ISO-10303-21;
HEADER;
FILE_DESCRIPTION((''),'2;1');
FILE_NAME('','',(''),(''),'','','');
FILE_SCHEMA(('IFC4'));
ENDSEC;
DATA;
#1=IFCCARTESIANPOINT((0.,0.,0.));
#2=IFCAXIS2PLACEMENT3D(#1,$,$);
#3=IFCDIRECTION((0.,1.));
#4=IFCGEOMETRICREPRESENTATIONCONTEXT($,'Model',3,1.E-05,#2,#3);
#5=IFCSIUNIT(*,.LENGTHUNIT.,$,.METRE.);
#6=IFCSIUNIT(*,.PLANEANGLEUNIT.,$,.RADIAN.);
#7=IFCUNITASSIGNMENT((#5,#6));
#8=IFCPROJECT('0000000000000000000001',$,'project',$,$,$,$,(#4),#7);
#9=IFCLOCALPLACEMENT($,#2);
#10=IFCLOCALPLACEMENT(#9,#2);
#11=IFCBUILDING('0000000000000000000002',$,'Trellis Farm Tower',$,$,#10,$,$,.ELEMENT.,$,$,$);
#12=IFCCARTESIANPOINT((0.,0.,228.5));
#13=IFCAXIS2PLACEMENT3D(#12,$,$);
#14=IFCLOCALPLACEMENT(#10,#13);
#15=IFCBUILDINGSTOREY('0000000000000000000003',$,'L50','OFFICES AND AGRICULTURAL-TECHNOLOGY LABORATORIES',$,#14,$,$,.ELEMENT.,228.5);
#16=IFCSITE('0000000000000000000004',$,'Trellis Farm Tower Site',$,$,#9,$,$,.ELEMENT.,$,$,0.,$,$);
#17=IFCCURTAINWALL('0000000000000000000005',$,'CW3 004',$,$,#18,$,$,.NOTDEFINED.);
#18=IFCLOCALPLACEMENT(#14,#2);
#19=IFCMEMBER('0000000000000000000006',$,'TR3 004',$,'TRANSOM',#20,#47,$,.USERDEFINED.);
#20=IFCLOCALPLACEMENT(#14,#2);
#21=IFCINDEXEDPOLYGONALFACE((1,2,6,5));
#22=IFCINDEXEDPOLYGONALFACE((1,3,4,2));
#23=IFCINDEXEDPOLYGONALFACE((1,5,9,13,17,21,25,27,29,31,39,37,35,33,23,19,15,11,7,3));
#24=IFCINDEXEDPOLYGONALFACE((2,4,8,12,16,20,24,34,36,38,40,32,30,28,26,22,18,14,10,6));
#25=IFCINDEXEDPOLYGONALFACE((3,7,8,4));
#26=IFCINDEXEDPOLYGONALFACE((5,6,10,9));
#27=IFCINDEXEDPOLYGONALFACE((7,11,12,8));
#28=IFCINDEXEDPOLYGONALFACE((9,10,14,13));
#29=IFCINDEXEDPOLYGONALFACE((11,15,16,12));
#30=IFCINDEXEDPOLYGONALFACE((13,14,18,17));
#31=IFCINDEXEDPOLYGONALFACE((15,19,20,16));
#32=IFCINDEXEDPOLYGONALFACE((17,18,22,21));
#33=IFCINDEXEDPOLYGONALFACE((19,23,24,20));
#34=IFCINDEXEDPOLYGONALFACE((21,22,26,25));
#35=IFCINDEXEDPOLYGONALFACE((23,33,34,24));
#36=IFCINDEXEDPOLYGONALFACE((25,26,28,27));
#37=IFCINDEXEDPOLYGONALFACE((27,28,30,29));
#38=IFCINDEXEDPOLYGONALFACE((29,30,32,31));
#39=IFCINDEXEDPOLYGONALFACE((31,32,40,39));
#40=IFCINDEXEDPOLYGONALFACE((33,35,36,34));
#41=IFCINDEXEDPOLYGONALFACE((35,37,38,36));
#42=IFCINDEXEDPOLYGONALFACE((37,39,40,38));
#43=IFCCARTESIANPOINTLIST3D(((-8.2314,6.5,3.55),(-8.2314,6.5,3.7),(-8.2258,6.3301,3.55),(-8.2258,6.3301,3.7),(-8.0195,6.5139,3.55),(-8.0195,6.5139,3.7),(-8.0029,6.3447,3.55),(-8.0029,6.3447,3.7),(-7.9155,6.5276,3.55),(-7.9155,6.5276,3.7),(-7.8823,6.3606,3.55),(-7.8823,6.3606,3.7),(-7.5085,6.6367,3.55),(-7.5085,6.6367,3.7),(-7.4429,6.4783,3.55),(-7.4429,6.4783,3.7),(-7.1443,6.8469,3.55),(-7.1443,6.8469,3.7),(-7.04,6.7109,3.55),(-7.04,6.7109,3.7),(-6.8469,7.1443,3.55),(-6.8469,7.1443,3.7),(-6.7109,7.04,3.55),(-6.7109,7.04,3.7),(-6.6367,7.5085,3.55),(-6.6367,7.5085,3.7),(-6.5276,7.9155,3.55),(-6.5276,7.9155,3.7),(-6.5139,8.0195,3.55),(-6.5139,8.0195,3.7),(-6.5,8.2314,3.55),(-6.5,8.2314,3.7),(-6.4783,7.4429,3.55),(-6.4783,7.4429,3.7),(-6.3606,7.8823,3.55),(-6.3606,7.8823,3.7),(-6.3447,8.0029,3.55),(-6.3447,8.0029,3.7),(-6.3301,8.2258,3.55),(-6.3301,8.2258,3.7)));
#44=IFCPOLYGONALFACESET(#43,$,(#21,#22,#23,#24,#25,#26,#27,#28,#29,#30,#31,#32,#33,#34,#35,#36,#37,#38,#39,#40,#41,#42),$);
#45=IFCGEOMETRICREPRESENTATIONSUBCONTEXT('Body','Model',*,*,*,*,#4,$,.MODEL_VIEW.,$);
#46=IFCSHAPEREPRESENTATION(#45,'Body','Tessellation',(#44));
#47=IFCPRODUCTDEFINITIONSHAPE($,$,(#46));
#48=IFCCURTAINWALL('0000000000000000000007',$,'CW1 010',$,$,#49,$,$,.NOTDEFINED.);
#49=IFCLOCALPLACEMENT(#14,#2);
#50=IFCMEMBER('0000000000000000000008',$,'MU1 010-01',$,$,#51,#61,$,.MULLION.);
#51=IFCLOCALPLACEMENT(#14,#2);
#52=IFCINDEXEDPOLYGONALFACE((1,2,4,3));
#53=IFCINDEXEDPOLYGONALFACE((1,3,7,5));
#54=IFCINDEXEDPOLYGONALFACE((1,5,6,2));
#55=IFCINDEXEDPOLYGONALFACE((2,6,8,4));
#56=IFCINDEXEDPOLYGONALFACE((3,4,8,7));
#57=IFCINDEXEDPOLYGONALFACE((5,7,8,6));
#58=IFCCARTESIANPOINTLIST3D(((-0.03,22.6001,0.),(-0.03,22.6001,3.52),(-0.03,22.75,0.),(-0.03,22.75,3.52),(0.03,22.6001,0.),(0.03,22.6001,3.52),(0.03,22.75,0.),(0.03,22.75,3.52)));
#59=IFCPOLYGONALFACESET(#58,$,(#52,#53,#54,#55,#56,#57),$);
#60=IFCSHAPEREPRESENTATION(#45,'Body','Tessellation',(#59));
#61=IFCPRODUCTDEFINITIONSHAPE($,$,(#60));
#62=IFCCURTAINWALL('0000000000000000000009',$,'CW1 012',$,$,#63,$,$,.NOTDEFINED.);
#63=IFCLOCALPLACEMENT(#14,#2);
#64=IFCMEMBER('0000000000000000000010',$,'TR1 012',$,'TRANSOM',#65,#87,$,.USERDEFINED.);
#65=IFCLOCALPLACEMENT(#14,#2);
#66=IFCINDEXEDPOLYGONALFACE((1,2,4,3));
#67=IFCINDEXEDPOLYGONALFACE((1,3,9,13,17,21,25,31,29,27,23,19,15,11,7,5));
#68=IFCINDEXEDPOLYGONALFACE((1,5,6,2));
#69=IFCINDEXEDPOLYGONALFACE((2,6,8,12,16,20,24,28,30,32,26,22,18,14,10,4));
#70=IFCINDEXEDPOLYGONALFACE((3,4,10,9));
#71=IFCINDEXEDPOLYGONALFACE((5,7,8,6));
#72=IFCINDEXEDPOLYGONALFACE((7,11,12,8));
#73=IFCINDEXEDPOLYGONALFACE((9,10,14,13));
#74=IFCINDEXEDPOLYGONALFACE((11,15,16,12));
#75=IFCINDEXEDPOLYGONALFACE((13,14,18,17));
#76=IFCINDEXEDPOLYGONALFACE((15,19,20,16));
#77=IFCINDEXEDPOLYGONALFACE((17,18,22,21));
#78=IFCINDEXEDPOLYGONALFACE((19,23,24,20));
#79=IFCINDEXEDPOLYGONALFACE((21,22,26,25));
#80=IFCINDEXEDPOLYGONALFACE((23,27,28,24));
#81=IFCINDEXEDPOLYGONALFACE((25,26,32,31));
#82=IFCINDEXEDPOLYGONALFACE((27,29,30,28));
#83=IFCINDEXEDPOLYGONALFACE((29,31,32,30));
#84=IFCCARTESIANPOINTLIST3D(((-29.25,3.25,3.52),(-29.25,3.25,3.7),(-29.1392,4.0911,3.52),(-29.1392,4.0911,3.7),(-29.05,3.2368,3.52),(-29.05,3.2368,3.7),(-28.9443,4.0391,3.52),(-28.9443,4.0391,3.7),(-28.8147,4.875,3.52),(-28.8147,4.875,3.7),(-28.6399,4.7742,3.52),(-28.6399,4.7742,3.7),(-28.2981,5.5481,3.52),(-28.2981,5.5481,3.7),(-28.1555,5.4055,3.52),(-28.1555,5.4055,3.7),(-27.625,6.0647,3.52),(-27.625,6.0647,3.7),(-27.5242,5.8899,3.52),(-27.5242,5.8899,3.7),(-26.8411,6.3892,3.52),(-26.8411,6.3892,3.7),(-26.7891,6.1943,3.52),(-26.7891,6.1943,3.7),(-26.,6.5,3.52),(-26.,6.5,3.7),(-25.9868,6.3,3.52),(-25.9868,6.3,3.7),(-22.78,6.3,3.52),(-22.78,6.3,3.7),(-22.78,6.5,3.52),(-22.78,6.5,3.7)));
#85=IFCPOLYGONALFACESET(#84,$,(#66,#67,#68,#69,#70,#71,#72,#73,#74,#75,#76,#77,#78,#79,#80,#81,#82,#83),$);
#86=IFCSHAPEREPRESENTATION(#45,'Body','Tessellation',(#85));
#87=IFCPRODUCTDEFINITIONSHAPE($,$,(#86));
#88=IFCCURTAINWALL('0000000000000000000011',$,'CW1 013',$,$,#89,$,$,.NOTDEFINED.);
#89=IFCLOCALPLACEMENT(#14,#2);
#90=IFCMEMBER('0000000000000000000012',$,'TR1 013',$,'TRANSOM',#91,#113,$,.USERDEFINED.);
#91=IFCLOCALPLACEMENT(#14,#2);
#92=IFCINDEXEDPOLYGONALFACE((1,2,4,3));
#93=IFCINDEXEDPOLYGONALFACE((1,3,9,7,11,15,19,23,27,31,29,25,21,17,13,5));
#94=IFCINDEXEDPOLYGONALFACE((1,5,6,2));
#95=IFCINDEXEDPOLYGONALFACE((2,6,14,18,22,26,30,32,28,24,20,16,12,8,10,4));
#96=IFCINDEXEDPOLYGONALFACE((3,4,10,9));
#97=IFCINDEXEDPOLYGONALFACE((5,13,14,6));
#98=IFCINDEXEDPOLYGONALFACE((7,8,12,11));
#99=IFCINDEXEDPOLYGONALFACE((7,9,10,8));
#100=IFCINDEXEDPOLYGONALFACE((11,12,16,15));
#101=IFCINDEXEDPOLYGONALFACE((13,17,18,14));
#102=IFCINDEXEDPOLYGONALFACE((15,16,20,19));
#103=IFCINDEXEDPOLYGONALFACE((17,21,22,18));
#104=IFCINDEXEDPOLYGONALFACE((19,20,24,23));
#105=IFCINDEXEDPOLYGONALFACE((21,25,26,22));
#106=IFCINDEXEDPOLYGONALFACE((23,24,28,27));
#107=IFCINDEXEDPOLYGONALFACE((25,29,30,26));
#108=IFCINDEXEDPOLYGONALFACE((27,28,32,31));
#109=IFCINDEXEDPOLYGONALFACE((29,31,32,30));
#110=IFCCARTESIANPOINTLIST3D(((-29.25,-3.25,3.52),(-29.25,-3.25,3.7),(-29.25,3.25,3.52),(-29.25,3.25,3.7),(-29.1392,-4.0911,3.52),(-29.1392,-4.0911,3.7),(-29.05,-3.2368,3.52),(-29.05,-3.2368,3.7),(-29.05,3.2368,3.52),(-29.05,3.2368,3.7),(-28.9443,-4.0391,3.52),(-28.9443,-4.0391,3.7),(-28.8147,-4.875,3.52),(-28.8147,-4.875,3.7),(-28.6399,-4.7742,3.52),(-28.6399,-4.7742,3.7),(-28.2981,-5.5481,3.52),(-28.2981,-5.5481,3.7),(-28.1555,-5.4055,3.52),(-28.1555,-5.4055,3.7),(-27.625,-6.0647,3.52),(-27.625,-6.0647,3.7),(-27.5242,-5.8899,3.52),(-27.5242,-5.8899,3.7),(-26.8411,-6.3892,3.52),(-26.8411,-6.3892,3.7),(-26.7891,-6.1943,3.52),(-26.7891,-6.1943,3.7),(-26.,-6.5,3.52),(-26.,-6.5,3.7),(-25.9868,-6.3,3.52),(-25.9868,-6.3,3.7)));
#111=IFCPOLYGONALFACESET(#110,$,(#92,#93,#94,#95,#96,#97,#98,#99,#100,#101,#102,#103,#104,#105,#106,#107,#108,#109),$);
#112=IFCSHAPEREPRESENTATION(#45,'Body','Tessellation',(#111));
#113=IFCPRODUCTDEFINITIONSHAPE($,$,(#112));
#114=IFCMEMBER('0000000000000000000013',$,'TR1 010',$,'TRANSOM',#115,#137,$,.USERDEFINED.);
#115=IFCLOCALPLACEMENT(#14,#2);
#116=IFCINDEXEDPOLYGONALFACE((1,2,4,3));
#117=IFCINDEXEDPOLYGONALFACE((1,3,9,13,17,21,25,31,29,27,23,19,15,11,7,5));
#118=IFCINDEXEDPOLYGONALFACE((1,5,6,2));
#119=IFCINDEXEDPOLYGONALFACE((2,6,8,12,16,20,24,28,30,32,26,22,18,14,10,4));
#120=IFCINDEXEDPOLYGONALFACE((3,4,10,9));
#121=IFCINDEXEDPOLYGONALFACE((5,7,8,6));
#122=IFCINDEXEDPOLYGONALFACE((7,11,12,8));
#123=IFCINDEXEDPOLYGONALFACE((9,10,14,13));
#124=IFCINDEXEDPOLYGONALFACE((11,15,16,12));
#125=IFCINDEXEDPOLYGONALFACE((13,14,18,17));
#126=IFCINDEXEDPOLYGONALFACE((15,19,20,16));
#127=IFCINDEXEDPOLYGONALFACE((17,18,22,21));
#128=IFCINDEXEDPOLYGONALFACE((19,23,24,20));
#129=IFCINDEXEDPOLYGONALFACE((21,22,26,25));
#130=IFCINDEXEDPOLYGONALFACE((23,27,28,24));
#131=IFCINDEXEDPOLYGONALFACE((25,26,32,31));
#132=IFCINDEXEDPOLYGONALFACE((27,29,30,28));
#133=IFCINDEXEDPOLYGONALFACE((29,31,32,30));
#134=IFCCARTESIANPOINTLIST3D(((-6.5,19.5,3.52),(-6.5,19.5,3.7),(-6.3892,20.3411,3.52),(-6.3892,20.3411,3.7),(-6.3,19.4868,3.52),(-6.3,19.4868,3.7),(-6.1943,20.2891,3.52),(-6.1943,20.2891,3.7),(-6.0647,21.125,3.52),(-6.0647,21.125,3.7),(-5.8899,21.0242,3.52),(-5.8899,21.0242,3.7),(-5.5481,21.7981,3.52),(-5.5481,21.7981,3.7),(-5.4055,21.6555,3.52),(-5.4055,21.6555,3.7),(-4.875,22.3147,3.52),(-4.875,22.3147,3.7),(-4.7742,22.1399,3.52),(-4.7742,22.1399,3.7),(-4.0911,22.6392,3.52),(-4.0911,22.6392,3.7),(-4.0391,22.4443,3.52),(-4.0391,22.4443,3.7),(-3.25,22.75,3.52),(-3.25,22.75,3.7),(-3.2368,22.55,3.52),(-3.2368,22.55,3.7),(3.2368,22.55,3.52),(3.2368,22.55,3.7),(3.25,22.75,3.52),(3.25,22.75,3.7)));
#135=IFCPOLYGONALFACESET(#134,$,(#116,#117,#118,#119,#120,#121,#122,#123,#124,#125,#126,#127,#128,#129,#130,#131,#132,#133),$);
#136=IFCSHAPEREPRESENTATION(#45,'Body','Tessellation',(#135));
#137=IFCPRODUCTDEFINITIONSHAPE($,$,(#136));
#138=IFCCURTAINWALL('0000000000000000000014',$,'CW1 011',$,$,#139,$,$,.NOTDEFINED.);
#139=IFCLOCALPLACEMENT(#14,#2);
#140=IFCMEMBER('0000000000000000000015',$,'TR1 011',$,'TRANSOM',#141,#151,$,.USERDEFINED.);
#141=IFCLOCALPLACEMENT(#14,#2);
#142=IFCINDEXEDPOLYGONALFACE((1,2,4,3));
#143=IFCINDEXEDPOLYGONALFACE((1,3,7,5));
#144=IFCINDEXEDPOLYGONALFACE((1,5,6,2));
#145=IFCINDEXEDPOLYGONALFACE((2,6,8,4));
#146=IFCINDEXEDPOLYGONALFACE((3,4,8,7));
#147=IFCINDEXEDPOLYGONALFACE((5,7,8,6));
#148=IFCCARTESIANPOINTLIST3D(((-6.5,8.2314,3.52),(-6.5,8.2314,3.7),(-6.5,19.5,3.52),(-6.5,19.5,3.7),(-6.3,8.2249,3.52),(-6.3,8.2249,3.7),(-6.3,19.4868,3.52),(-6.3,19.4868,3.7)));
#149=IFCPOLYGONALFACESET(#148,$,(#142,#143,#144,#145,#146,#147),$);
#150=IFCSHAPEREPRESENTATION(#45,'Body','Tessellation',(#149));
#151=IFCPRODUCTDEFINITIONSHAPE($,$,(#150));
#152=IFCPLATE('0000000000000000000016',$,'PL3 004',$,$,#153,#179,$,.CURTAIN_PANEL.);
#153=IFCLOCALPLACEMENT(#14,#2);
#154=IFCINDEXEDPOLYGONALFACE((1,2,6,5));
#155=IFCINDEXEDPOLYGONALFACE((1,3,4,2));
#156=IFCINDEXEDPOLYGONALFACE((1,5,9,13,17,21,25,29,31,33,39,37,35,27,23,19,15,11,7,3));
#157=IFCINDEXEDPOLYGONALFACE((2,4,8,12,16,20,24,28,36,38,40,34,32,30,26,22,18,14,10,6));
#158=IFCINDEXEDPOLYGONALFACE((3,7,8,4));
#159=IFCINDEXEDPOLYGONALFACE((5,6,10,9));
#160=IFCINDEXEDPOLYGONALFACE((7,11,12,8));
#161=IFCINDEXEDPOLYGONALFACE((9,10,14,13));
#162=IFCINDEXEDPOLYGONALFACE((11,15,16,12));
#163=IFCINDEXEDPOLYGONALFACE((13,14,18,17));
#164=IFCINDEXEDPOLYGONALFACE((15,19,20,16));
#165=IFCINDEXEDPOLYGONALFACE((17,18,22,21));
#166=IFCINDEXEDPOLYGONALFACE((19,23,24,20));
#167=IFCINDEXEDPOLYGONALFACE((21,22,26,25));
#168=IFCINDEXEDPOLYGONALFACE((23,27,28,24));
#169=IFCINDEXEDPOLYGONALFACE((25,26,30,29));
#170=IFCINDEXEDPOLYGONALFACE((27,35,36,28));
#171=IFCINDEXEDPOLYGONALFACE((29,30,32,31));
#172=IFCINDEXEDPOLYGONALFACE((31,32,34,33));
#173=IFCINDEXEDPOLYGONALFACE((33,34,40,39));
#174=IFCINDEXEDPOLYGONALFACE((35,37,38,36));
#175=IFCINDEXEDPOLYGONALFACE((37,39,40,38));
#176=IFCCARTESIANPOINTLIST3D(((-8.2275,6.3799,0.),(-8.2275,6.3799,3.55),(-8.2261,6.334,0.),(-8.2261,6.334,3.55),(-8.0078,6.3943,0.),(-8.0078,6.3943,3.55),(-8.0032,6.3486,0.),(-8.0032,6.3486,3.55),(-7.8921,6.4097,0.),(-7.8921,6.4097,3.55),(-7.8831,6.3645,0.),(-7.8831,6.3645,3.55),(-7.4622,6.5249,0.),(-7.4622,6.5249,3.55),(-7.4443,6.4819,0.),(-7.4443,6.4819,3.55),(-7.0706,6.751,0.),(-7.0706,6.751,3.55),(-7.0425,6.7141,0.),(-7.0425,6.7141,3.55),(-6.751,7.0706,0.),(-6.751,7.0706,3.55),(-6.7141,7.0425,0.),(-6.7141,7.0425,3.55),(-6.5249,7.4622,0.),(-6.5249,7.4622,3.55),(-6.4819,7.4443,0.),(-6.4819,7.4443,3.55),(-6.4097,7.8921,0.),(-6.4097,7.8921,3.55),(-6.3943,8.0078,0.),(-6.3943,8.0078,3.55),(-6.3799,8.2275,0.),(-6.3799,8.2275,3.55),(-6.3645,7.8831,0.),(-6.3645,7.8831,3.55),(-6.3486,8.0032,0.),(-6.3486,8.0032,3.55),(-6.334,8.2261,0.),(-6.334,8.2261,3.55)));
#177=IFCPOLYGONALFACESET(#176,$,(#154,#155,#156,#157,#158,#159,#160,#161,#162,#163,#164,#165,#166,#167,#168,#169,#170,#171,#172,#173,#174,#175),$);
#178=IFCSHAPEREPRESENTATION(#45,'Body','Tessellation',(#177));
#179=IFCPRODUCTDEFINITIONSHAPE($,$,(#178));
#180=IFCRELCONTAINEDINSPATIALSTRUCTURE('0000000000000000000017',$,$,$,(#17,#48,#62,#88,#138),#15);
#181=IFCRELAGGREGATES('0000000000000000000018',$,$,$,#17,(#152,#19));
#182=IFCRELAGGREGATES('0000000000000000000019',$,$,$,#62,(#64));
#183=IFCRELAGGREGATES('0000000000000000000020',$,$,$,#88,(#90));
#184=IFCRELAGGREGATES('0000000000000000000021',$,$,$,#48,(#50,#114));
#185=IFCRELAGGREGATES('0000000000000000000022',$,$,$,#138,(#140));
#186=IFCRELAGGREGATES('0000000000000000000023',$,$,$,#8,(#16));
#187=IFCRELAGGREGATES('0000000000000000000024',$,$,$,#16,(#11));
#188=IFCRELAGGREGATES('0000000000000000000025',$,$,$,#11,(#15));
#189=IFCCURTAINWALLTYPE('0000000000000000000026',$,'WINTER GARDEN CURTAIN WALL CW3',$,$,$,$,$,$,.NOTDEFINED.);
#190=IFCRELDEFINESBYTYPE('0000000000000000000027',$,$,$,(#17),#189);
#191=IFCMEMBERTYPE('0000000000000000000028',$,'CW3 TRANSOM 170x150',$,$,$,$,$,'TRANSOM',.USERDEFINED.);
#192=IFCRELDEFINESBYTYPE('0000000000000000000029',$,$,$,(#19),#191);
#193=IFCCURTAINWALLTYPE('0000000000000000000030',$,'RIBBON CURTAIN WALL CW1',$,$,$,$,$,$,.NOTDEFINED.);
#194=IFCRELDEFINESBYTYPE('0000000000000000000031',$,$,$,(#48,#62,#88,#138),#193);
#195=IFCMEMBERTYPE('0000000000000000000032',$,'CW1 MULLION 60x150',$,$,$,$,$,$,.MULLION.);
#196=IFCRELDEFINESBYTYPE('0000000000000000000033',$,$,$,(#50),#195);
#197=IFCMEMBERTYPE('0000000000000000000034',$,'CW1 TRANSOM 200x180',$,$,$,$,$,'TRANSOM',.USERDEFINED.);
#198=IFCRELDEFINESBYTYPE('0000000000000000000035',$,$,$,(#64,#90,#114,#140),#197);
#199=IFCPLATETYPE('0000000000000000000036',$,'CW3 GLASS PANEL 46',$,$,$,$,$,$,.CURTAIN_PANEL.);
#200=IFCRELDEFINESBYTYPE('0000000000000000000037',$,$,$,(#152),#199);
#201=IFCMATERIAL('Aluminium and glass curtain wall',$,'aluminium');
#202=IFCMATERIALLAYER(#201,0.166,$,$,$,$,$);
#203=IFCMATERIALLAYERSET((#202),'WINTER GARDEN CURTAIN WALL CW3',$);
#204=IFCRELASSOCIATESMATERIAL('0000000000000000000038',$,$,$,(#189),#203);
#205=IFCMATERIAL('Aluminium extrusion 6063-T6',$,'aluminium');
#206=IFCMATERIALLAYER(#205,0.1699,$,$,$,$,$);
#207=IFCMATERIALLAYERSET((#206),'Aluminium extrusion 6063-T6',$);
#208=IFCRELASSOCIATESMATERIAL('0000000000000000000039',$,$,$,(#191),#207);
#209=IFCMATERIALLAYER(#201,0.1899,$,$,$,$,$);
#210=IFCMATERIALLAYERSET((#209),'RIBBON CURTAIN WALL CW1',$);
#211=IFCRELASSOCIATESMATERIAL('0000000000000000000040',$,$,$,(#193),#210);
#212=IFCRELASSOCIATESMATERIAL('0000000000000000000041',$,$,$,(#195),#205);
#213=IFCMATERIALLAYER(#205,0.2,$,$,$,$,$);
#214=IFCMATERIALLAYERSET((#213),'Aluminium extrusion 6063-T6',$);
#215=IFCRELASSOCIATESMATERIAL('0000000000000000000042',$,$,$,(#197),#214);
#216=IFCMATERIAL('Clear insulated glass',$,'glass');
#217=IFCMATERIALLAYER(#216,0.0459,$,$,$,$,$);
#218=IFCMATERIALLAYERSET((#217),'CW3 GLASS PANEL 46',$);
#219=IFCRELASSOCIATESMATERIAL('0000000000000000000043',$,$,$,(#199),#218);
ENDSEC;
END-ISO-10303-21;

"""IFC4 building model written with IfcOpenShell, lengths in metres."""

from ifc_helpers import new_model, si_unit, direction, frame, origin, origin_2d, place, context, subcontext, project, spatial, polyline, rectangle, outline, extrude, source, transform, mapped, material, layer, layer_set, material_profile, profile_set, type_object, element, aggregate, save


model = new_model("IFC4")

# Units and contexts
model_context = context("Model", 3, precision=1e-05, world=origin(), true_north=direction((0.0, 1.0)))
body_context = subcontext(model_context, "Body", "Model", "MODEL_VIEW")
ifc_project = project(units=[si_unit("LENGTHUNIT", "METRE"), si_unit("PLANEANGLEUNIT", "RADIAN")], contexts=[model_context])

# Site, building, storey
site_placement = place(None, origin())
site = spatial("IfcSite", under=ifc_project, at=site_placement, Name="Trellis Farm Tower Site", CompositionType="ELEMENT", RefElevation=0.0)
building_placement = place(site_placement, origin())
building = spatial("IfcBuilding", under=site, at=building_placement, Name="Trellis Farm Tower", CompositionType="ELEMENT")
storey_placement = place(building_placement, frame((0.0, 0.0, 228.5)))
storey = spatial("IfcBuildingStorey", under=building, at=storey_placement, Name="L50", Description="OFFICES AND AGRICULTURAL-TECHNOLOGY LABORATORIES", CompositionType="ELEMENT", Elevation=228.5)

# Curtain walls, members
ifc_material_1 = material(Name="Aluminium and glass curtain wall", Category="aluminium")
ifc_layer_1 = layer(ifc_material_1, 0.166)
ifc_layer_set_1 = layer_set([ifc_layer_1], Name="WINTER GARDEN CURTAIN WALL CW3")
curtain_wall_type_1 = type_object("IfcCurtainWallType", Name="WINTER GARDEN CURTAIN WALL CW3", PredefinedType="NOTDEFINED", material=ifc_layer_set_1)
placement_1 = place(storey_placement, origin())
curtain_wall_1 = element("IfcCurtainWall", 1, at=placement_1, inside=storey, type_object=curtain_wall_type_1, Name="CW3 004", PredefinedType="NOTDEFINED")
ifc_material_2 = material(Name="Aluminium extrusion 6063-T6", Category="aluminium")
ifc_layer_2 = layer(ifc_material_2, 0.1699)
ifc_layer_set_2 = layer_set([ifc_layer_2], Name="Aluminium extrusion 6063-T6")
member_type_1 = type_object("IfcMemberType", Name="CW3 TRANSOM 170x150", ElementType="TRANSOM", PredefinedType="USERDEFINED", material=ifc_layer_set_2)
shared_shape_1 = source(origin(), body_context, "Body", "SweptSolid", [
    extrude(outline(polyline([(-6.5, 8.2314), (-6.5139, 8.0195), (-6.5276, 7.9155), (-6.6367, 7.5085), (-6.8469, 7.1443), (-7.1443, 6.8469), (-7.5085, 6.6367), (-7.9155, 6.5276), (-8.0195, 6.5139), (-8.2314, 6.5), (-8.2258, 6.3301), (-8.0029, 6.3447), (-7.8823, 6.3606), (-7.4429, 6.4783), (-7.04, 6.7109), (-6.7109, 7.04), (-6.4783, 7.4429), (-6.3606, 7.8823), (-6.3447, 8.0029), (-6.3301, 8.2258), (-6.5, 8.2314)])), origin(), (0.0, 0.0, 1.0), 0.1499),
])
member_1_placement = place(storey_placement, frame((0.0, 0.0, 3.55)))
member_1 = element("IfcMember", 2, at=member_1_placement, type_object=member_type_1, Name="TR3 004", ObjectType="TRANSOM", PredefinedType="USERDEFINED", context=body_context, shape_type="MappedRepresentation", body=[
    mapped(shared_shape_1, transform((0.0, 0.0, 0.0))),
])
ifc_layer_3 = layer(ifc_material_1, 0.1899)
ifc_layer_set_3 = layer_set([ifc_layer_3], Name="RIBBON CURTAIN WALL CW1")
curtain_wall_type_2 = type_object("IfcCurtainWallType", Name="RIBBON CURTAIN WALL CW1", PredefinedType="NOTDEFINED", material=ifc_layer_set_3)
curtain_wall_2 = element("IfcCurtainWall", 3, at=placement_1, inside=storey, type_object=curtain_wall_type_2, Name="CW1 010", PredefinedType="NOTDEFINED")
ifc_material_profile = material_profile(ifc_material_2, rectangle(XDim=0.0601, YDim=0.1499, at=origin_2d()), Name="MULLION 60x150")
ifc_profile_set = profile_set([ifc_material_profile], Name="Aluminium extrusion 6063-T6")
member_type_2 = type_object("IfcMemberType", Name="CW1 MULLION 60x150", PredefinedType="MULLION", material=ifc_profile_set)
shared_shape_2 = source(origin(), body_context, "Body", "SweptSolid", [
    extrude(rectangle(XDim=0.0601, YDim=0.1499, at=origin_2d()), origin(), (0.0, 0.0, 1.0), 3.52),
])
member_2_placement = place(storey_placement, frame((0.0, 22.675, 0.0), z_axis=(0.0, 0.0, 1.0), x_axis=(-1.0, 0.0, 0.0)))
member_2 = element("IfcMember", 4, at=member_2_placement, type_object=member_type_2, Name="MU1 010-01", PredefinedType="MULLION", context=body_context, shape_type="MappedRepresentation", body=[
    mapped(shared_shape_2, transform((0.0, 0.0, 0.0))),
])
curtain_wall_3 = element("IfcCurtainWall", 5, at=placement_1, inside=storey, type_object=curtain_wall_type_2, Name="CW1 012", PredefinedType="NOTDEFINED")
ifc_layer_4 = layer(ifc_material_2, 0.2)
ifc_layer_set_4 = layer_set([ifc_layer_4], Name="Aluminium extrusion 6063-T6")
member_type_3 = type_object("IfcMemberType", Name="CW1 TRANSOM 200x180", ElementType="TRANSOM", PredefinedType="USERDEFINED", material=ifc_layer_set_4)
shared_shape_3 = source(origin(), body_context, "Body", "SweptSolid", [
    extrude(outline(polyline([(-22.78, 6.5), (-26.0, 6.5), (-26.8411, 6.3892), (-27.625, 6.0647), (-28.2981, 5.5481), (-28.8147, 4.875), (-29.1392, 4.0911), (-29.25, 3.25), (-29.05, 3.2368), (-28.9443, 4.0391), (-28.6399, 4.7742), (-28.1555, 5.4055), (-27.5242, 5.8899), (-26.7891, 6.1943), (-25.9868, 6.3), (-22.78, 6.3), (-22.78, 6.5)])), origin(), (0.0, 0.0, 1.0), 0.1799),
])
placement_2 = place(storey_placement, frame((0.0, 0.0, 3.52)))
member_3 = element("IfcMember", 6, at=placement_2, type_object=member_type_3, Name="TR1 012", ObjectType="TRANSOM", PredefinedType="USERDEFINED", context=body_context, shape_type="MappedRepresentation", body=[
    mapped(shared_shape_3, transform((0.0, 0.0, 0.0))),
])
curtain_wall_4 = element("IfcCurtainWall", 7, at=placement_1, inside=storey, type_object=curtain_wall_type_2, Name="CW1 013", PredefinedType="NOTDEFINED")
shared_shape_4 = source(origin(), body_context, "Body", "SweptSolid", [
    extrude(outline(polyline([(-29.25, 3.25), (-29.25, -3.25), (-29.1392, -4.0911), (-28.8147, -4.875), (-28.2981, -5.5481), (-27.625, -6.0647), (-26.8411, -6.3892), (-26.0, -6.5), (-25.9868, -6.3), (-26.7891, -6.1943), (-27.5242, -5.8899), (-28.1555, -5.4055), (-28.6399, -4.7742), (-28.9443, -4.0391), (-29.05, -3.2368), (-29.05, 3.2368), (-29.25, 3.25)])), origin(), (0.0, 0.0, 1.0), 0.1799),
])
member_4 = element("IfcMember", 8, at=placement_2, type_object=member_type_3, Name="TR1 013", ObjectType="TRANSOM", PredefinedType="USERDEFINED", context=body_context, shape_type="MappedRepresentation", body=[
    mapped(shared_shape_4, transform((0.0, 0.0, 0.0))),
])

# Member
shared_shape_5 = source(origin(), body_context, "Body", "SweptSolid", [
    extrude(outline(polyline([(3.25, 22.75), (-3.25, 22.75), (-4.0911, 22.6392), (-4.875, 22.3147), (-5.5481, 21.7981), (-6.0647, 21.125), (-6.3892, 20.3411), (-6.5, 19.5), (-6.3, 19.4868), (-6.1943, 20.2891), (-5.8899, 21.0242), (-5.4055, 21.6555), (-4.7742, 22.1399), (-4.0391, 22.4443), (-3.2368, 22.55), (3.2368, 22.55), (3.25, 22.75)])), origin(), (0.0, 0.0, 1.0), 0.1799),
])
member_5 = element("IfcMember", 9, at=placement_2, type_object=member_type_3, Name="TR1 010", ObjectType="TRANSOM", PredefinedType="USERDEFINED", context=body_context, shape_type="MappedRepresentation", body=[
    mapped(shared_shape_5, transform((0.0, 0.0, 0.0))),
])

# Curtain wall, member
curtain_wall_5 = element("IfcCurtainWall", 10, at=placement_1, inside=storey, type_object=curtain_wall_type_2, Name="CW1 011", PredefinedType="NOTDEFINED")
shared_shape_6 = source(origin(), body_context, "Body", "SweptSolid", [
    extrude(outline(polyline([(-6.5, 19.5), (-6.5, 8.2314), (-6.3, 8.2249), (-6.3, 19.4868), (-6.5, 19.5)])), origin(), (0.0, 0.0, 1.0), 0.1799),
])
member_6 = element("IfcMember", 11, at=placement_2, type_object=member_type_3, Name="TR1 011", ObjectType="TRANSOM", PredefinedType="USERDEFINED", context=body_context, shape_type="MappedRepresentation", body=[
    mapped(shared_shape_6, transform((0.0, 0.0, 0.0))),
])

# Plate
ifc_material_3 = material(Name="Clear insulated glass", Category="glass")
ifc_layer_5 = layer(ifc_material_3, 0.0459)
ifc_layer_set_5 = layer_set([ifc_layer_5], Name="CW3 GLASS PANEL 46")
plate_type_1 = type_object("IfcPlateType", Name="CW3 GLASS PANEL 46", PredefinedType="CURTAIN_PANEL", material=ifc_layer_set_5)
shared_shape_7 = source(origin(), body_context, "Body", "SweptSolid", [
    extrude(outline(polyline([(-6.3799, 8.2275), (-6.3943, 8.0078), (-6.4097, 7.8921), (-6.5249, 7.4622), (-6.751, 7.0706), (-7.0706, 6.751), (-7.4622, 6.5249), (-7.8921, 6.4097), (-8.0078, 6.3943), (-8.2275, 6.3799), (-8.2261, 6.334), (-8.0032, 6.3486), (-7.8831, 6.3645), (-7.4443, 6.4819), (-7.0425, 6.7141), (-6.7141, 7.0425), (-6.4819, 7.4443), (-6.3645, 7.8831), (-6.3486, 8.0032), (-6.334, 8.2261), (-6.3799, 8.2275)])), origin(), (0.0, 0.0, 1.0), 3.55),
])
plate_1 = element("IfcPlate", 12, at=placement_1, type_object=plate_type_1, Name="PL3 004", PredefinedType="CURTAIN_PANEL", context=body_context, shape_type="MappedRepresentation", body=[
    mapped(shared_shape_7, transform((0.0, 0.0, 0.0))),
])
aggregate(curtain_wall_1, [plate_1, member_1])
aggregate(curtain_wall_3, [member_3])
aggregate(curtain_wall_4, [member_4])
aggregate(curtain_wall_2, [member_2, member_5])
aggregate(curtain_wall_5, [member_6])

save(model, "model.ifc")
